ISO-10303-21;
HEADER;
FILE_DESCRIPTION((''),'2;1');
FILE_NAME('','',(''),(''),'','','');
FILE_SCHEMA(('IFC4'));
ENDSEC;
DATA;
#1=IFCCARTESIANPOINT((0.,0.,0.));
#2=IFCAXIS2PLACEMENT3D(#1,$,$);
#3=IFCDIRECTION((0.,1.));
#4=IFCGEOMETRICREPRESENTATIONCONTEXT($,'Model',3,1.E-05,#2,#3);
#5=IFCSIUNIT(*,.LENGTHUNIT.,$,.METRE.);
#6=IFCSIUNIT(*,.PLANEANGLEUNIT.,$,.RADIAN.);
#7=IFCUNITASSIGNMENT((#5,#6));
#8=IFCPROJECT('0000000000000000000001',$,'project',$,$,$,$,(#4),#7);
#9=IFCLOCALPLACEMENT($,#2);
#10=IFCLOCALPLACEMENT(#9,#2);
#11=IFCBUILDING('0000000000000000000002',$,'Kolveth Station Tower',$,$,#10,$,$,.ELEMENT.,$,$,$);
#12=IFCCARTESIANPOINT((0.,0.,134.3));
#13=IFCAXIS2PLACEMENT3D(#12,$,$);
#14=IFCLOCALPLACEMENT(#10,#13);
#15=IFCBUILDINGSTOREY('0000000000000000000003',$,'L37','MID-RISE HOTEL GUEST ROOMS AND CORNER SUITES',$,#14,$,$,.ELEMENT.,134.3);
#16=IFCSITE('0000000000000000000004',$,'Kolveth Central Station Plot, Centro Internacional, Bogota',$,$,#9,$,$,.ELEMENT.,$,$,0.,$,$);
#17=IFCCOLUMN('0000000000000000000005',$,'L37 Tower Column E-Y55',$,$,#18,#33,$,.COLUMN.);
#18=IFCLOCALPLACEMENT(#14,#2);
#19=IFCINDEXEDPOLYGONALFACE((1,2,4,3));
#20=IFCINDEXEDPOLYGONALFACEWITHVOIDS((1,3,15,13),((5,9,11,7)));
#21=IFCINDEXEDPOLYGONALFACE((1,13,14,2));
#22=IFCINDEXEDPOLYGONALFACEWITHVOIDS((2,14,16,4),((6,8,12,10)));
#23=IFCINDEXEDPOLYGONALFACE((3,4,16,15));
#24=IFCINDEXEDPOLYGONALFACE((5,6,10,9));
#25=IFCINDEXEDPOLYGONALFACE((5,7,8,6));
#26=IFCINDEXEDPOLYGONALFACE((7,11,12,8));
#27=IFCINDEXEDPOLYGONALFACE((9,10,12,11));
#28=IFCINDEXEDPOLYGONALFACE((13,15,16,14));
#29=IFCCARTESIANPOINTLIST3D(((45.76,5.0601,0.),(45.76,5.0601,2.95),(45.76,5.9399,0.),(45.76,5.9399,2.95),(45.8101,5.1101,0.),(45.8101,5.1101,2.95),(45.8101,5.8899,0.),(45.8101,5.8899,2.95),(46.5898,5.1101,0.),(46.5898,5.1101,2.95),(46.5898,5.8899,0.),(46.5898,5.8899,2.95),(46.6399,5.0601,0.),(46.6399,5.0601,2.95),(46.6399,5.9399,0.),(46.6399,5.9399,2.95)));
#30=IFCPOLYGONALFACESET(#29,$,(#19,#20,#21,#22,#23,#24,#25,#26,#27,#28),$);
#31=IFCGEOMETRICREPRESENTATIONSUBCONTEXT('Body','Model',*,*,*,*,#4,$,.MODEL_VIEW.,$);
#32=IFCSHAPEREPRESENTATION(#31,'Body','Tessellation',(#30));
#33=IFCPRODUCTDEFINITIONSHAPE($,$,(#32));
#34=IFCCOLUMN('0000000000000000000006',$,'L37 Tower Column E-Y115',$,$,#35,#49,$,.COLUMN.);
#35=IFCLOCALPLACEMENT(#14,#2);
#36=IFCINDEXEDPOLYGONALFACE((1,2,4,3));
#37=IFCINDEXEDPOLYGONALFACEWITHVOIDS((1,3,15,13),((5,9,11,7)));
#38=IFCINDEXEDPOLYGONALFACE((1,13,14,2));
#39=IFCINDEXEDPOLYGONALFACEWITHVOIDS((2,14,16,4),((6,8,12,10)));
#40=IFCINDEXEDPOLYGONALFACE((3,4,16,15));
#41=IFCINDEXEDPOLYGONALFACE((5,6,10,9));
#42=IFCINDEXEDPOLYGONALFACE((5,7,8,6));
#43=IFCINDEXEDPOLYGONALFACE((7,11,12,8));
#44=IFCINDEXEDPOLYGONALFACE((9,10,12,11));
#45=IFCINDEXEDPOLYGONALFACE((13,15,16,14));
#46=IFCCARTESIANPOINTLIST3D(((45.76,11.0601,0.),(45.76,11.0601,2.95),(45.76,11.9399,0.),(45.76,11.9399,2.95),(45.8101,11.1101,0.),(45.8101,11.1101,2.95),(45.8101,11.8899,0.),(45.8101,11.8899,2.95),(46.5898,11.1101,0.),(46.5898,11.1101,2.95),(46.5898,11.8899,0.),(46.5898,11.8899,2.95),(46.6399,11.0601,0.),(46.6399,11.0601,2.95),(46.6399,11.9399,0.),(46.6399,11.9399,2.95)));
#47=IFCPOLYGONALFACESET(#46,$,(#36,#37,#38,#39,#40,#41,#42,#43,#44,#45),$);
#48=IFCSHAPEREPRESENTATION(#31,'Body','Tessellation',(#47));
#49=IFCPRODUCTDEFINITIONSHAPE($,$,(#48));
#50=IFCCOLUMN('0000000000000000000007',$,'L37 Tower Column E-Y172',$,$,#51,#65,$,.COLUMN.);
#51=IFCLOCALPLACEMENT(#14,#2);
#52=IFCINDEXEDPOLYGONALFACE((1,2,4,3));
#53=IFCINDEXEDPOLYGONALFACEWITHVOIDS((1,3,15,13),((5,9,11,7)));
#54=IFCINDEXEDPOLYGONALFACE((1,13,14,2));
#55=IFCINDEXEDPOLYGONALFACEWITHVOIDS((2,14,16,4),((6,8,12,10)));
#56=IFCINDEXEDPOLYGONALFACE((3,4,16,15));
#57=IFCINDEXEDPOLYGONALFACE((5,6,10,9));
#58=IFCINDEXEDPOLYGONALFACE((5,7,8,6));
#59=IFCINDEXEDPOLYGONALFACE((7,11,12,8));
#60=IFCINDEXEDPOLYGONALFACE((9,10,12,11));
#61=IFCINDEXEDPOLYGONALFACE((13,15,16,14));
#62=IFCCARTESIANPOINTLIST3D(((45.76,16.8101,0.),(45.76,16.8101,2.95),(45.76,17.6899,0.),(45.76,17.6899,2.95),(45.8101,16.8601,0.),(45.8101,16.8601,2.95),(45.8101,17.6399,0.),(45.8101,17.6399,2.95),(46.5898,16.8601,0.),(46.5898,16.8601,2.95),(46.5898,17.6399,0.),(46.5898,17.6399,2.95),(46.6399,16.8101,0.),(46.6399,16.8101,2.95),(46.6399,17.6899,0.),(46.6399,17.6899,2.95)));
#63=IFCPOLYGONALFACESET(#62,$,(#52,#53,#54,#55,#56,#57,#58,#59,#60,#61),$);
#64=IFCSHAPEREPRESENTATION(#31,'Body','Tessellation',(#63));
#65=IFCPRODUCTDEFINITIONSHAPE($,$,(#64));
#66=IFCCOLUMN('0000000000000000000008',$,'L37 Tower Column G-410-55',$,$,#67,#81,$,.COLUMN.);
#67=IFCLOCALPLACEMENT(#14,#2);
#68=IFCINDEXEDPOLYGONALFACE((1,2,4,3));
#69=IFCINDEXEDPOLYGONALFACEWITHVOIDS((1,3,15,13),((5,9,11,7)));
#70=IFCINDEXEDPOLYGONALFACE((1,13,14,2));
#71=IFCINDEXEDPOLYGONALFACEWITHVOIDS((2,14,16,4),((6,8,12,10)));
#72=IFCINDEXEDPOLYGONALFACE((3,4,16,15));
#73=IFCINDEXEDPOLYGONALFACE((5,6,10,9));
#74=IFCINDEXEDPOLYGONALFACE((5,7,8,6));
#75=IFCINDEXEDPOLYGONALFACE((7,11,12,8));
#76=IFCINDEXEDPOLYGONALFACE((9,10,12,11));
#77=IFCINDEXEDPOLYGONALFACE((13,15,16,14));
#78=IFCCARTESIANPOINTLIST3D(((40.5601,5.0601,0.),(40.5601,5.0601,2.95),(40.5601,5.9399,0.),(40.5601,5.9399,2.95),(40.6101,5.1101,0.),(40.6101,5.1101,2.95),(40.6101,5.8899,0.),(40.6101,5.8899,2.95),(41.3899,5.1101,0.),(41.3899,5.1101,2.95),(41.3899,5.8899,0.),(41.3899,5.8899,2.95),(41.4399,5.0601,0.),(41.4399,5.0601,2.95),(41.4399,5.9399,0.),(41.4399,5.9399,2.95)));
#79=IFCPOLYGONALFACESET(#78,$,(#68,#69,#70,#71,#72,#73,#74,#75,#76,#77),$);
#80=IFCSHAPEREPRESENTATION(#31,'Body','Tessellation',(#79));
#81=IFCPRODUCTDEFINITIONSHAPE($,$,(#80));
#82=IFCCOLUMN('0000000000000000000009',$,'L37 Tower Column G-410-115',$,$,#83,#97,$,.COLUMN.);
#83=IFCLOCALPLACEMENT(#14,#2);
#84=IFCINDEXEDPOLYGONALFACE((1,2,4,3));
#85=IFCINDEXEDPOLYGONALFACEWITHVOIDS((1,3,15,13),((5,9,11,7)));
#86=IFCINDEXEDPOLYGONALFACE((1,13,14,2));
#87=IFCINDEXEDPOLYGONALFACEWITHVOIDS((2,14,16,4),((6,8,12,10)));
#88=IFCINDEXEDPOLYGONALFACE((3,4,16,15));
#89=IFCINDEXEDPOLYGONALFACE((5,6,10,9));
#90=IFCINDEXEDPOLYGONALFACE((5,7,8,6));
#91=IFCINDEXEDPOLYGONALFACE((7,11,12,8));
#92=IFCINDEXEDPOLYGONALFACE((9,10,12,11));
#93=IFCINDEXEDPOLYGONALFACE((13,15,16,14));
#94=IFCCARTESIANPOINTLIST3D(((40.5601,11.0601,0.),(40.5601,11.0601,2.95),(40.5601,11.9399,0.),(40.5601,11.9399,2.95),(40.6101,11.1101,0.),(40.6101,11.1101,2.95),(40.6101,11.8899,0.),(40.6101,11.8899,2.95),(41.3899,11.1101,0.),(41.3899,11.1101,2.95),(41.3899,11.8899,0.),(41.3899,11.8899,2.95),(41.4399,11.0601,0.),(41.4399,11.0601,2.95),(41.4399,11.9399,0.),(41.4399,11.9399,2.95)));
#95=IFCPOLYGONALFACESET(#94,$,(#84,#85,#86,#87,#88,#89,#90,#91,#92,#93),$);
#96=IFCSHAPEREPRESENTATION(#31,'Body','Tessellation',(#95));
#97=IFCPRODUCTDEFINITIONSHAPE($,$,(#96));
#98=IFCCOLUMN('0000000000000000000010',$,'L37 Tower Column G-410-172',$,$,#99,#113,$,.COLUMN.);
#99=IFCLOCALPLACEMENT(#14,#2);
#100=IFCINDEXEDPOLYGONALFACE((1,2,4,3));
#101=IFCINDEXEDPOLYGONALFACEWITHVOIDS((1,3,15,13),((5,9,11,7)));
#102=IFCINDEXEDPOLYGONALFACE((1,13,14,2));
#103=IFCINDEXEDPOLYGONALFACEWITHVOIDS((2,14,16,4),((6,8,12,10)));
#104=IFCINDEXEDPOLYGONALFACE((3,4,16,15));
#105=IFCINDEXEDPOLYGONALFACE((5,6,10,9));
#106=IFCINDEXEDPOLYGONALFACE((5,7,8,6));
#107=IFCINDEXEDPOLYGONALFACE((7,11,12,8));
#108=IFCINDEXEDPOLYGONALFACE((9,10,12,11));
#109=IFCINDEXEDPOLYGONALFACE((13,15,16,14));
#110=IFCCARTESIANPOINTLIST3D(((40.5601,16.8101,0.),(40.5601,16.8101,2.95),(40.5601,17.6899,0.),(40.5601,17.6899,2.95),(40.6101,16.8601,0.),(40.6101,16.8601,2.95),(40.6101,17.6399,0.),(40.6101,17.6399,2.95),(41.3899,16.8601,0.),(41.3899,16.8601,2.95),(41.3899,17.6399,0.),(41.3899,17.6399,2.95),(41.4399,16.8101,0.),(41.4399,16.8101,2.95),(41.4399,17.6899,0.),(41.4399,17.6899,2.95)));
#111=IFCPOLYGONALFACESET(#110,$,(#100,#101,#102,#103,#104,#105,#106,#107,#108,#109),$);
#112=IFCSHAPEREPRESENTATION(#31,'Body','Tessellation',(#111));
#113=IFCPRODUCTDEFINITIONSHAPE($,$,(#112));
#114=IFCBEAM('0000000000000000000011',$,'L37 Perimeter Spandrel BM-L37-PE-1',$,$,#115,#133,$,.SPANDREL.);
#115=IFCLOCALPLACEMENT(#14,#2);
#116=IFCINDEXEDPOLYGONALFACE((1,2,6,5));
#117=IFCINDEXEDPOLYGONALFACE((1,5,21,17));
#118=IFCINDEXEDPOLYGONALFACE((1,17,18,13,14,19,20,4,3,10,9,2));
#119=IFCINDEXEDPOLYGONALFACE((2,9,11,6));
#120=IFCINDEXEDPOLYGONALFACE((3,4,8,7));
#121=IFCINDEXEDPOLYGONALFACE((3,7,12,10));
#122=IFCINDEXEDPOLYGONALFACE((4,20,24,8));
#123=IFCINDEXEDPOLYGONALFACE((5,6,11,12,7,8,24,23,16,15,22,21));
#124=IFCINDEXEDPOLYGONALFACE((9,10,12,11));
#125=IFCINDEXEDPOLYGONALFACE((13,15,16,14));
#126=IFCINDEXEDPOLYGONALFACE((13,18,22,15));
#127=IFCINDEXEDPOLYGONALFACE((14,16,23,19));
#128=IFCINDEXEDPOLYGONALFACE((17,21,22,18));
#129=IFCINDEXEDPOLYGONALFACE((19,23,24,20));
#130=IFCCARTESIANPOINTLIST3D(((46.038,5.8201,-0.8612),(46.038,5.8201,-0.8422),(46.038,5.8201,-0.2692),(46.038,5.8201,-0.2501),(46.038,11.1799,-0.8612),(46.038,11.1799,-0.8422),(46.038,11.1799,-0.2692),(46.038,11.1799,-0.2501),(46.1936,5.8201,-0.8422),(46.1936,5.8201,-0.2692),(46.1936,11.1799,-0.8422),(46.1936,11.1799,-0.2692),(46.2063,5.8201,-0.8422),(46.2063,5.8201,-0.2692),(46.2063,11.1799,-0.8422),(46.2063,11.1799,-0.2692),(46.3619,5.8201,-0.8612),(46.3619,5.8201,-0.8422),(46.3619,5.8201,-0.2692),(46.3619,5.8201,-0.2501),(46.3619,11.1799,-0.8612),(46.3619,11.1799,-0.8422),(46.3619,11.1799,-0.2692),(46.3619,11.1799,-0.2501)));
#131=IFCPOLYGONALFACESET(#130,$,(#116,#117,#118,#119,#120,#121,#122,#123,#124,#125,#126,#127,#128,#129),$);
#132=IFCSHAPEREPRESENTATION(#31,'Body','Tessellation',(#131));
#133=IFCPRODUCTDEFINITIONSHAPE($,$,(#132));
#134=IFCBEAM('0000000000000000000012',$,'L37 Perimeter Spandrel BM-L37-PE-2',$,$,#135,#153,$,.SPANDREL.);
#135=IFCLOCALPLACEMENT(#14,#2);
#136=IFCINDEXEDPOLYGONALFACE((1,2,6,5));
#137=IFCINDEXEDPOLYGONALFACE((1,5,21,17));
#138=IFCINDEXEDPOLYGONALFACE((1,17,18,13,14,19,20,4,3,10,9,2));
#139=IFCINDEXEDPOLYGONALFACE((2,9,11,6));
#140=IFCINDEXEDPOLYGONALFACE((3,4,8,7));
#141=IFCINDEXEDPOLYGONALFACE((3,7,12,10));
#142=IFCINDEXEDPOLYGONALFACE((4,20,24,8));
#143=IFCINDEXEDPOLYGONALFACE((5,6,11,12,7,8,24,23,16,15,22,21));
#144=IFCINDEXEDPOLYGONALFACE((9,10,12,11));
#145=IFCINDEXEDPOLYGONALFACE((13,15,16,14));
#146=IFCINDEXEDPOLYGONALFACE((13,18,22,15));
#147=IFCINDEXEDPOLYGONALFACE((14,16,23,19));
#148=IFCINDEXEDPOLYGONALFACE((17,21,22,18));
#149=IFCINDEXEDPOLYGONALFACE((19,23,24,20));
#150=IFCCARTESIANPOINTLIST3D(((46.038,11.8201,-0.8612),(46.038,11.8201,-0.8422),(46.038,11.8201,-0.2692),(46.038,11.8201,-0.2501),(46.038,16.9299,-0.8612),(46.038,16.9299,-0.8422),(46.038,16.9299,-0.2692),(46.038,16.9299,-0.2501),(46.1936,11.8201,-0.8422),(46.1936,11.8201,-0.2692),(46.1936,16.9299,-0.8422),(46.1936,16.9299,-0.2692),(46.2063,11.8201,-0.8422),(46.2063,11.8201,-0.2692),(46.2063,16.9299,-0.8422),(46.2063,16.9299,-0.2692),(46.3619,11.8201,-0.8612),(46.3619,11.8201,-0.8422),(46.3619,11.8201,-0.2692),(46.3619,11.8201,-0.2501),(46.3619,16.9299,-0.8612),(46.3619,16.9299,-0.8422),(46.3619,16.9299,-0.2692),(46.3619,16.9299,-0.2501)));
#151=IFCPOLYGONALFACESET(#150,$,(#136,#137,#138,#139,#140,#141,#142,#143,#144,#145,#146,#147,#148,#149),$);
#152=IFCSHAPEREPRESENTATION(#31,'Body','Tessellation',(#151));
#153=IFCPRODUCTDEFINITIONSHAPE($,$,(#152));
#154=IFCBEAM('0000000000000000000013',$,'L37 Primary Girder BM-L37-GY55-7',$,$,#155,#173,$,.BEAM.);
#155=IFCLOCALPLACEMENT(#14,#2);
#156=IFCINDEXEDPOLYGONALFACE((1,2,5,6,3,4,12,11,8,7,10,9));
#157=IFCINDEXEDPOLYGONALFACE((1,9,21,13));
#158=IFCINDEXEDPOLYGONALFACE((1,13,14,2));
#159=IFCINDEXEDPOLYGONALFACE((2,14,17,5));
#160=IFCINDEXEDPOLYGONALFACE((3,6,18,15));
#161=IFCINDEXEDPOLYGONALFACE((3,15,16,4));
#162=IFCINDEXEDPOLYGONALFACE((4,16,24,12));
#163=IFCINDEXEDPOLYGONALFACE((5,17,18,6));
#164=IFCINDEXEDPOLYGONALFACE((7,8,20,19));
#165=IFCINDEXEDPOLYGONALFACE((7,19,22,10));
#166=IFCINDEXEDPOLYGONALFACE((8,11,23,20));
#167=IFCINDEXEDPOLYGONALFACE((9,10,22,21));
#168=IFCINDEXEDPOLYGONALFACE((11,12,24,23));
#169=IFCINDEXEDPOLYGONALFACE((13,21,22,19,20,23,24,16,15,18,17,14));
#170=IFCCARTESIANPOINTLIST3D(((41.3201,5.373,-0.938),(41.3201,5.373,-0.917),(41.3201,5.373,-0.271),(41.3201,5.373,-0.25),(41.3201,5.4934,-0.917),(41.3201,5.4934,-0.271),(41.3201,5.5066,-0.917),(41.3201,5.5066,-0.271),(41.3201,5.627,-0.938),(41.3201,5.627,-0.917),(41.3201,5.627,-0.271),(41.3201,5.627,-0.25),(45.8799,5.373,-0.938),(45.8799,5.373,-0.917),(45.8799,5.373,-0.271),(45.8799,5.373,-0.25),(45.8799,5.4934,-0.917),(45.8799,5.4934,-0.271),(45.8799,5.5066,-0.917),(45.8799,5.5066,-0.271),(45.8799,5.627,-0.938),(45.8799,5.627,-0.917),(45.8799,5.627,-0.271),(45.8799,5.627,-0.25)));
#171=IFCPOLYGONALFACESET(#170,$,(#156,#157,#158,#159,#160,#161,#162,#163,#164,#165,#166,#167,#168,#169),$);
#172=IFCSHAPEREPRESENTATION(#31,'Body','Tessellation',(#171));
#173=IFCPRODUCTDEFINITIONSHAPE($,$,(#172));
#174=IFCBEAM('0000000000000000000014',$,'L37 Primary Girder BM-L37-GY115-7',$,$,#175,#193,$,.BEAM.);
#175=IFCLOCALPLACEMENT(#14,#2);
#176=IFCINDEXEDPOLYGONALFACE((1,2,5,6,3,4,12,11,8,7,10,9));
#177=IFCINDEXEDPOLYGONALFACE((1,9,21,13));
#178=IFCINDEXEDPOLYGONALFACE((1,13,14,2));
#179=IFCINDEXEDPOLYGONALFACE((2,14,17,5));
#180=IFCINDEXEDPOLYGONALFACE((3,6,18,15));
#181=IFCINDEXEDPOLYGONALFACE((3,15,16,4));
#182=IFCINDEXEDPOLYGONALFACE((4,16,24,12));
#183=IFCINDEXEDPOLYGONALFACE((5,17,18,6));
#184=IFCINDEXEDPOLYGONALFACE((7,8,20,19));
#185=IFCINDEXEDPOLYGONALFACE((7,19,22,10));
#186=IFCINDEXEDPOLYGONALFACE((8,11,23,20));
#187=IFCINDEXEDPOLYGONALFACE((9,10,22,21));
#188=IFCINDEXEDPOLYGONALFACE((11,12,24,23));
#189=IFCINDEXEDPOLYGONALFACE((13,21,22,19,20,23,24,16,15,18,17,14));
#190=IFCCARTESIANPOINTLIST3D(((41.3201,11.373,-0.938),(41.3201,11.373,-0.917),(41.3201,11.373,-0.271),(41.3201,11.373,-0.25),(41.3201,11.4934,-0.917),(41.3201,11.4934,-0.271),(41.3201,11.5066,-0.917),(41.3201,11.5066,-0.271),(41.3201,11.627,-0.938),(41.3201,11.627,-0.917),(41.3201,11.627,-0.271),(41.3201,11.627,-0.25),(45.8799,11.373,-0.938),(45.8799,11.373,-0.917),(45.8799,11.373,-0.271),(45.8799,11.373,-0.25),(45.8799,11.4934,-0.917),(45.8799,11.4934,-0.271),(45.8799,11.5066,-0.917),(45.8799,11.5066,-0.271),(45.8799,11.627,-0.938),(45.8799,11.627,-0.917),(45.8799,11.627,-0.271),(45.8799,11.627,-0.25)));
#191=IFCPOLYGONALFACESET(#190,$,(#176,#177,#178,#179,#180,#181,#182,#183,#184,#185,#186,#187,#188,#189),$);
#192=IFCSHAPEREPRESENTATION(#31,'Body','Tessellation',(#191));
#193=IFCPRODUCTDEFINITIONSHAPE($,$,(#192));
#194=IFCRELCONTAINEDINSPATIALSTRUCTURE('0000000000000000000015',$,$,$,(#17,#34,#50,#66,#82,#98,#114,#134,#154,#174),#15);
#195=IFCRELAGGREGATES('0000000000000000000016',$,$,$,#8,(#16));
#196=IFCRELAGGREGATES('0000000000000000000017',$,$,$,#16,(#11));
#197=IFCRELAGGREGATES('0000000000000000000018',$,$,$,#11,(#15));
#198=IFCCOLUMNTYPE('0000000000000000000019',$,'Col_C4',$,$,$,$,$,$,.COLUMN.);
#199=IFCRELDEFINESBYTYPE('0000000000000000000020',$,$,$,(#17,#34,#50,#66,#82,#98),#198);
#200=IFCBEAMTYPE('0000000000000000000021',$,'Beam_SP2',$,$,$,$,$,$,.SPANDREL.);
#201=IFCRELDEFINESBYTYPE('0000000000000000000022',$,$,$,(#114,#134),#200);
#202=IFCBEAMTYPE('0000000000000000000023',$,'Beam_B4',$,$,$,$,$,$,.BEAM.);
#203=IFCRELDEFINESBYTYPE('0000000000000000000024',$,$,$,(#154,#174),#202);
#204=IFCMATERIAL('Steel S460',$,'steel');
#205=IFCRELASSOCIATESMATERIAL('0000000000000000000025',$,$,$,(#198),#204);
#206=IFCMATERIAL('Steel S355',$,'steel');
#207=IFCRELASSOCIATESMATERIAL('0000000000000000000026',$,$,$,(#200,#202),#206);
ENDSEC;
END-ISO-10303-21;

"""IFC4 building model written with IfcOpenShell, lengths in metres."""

from ifc_helpers import new_model, si_unit, direction, frame, origin, origin_2d, place, context, subcontext, project, spatial, hollow_rectangle, i_section, extrude, source, transform, mapped, material, material_profile, profile_set, type_object, element, save


model = new_model("IFC4")

# Units and contexts
model_context = context("Model", 3, precision=1e-05, world=origin(), true_north=direction((0.0, 1.0)))
body_context = subcontext(model_context, "Body", "Model", "MODEL_VIEW")
ifc_project = project(units=[si_unit("LENGTHUNIT", "METRE"), si_unit("PLANEANGLEUNIT", "RADIAN")], contexts=[model_context])

# Site, building, storey
site_placement = place(None, origin())
site = spatial("IfcSite", under=ifc_project, at=site_placement, Name="Kolveth Central Station Plot, Centro Internacional, Bogota", CompositionType="ELEMENT", RefElevation=0.0)
building_placement = place(site_placement, origin())
building = spatial("IfcBuilding", under=site, at=building_placement, Name="Kolveth Station Tower", CompositionType="ELEMENT")
storey_placement = place(building_placement, frame((0.0, 0.0, 134.3)))
storey = spatial("IfcBuildingStorey", under=building, at=storey_placement, Name="L37", Description="MID-RISE HOTEL GUEST ROOMS AND CORNER SUITES", CompositionType="ELEMENT", Elevation=134.3)

# Columns
ifc_material_1 = material(Name="Steel S460", Category="steel")
ifc_material_profile_1 = material_profile(ifc_material_1, hollow_rectangle(XDim=0.8799, YDim=0.8799, WallThickness=0.05, at=origin_2d()), Name="BOX880x880x50")
ifc_profile_set_1 = profile_set([ifc_material_profile_1], Name="Steel S460")
column_type = type_object("IfcColumnType", Name="Col_C4", PredefinedType="COLUMN", material=ifc_profile_set_1)
shared_shape_1 = source(origin(), body_context, "Body", "SweptSolid", [
    extrude(hollow_rectangle(XDim=0.8799, YDim=0.8799, WallThickness=0.05, at=origin_2d()), origin(), (0.0, 0.0, 1.0), 2.95),
])
for number, where, z_axis, x_axis, name in (
    (1, (46.2, 5.5, 0.0), (0.0, 0.0, 1.0), (1.0, 0.0, 0.0), "L37 Tower Column E-Y55"),
    (2, (46.2, 11.5, 0.0), (0.0, 0.0, 1.0), (1.0, 0.0, 0.0), "L37 Tower Column E-Y115"),
    (3, (46.2, 17.25, 0.0), (0.0, 0.0, 1.0), (1.0, 0.0, 0.0), "L37 Tower Column E-Y172"),
    (4, (41.0, 5.5, 0.0), (0.0, 0.0, 1.0), (1.0, 0.0, 0.0), "L37 Tower Column G-410-55"),
    (5, (41.0, 11.5, 0.0), (0.0, 0.0, 1.0), (1.0, 0.0, 0.0), "L37 Tower Column G-410-115"),
    (6, (41.0, 17.25, 0.0), (0.0, 0.0, 1.0), (1.0, 0.0, 0.0), "L37 Tower Column G-410-172"),
):
    element("IfcColumn", number, at=place(storey_placement, frame(where, z_axis=z_axis, x_axis=x_axis)), inside=storey, type_object=column_type, Name=name, PredefinedType="COLUMN", context=body_context, shape_type="MappedRepresentation", body=[
        mapped(shared_shape_1, transform((0.0, 0.0, 0.0), x_axis=(1.0, 0.0, 0.0), y_axis=(0.0, 1.0, 0.0), z_axis=(0.0, 0.0, 1.0), scale=1.0)),
    ])

# Beams
ifc_material_2 = material(Name="Steel S355", Category="steel")
ifc_material_profile_2 = material_profile(ifc_material_2, i_section(OverallWidth=0.324, OverallDepth=0.6111, WebThickness=0.0127, FlangeThickness=0.019, at=origin_2d()), Name="W610x155")
ifc_profile_set_2 = profile_set([ifc_material_profile_2], Name="Steel S355")
beam_type_1 = type_object("IfcBeamType", Name="Beam_SP2", PredefinedType="SPANDREL", material=ifc_profile_set_2)
shared_shape_2 = source(origin(), body_context, "Body", "SweptSolid", [
    extrude(i_section(OverallWidth=0.324, OverallDepth=0.6111, WebThickness=0.0127, FlangeThickness=0.019, at=origin_2d()), origin(), (0.0, 0.0, 1.0), 5.3599),
])
beam_1_placement = place(storey_placement, frame((46.2, 5.8201, -0.5557), z_axis=(0.0, 1.0, 0.0), x_axis=(-1.0, 0.0, 0.0)))
element("IfcBeam", 7, at=beam_1_placement, inside=storey, type_object=beam_type_1, Name="L37 Perimeter Spandrel BM-L37-PE-1", PredefinedType="SPANDREL", context=body_context, shape_type="MappedRepresentation", body=[
    mapped(shared_shape_2, transform((0.0, 0.0, 0.0), x_axis=(1.0, 0.0, 0.0), y_axis=(0.0, 1.0, 0.0), z_axis=(0.0, 0.0, 1.0), scale=1.0)),
])
shared_shape_3 = source(origin(), body_context, "Body", "SweptSolid", [
    extrude(i_section(OverallWidth=0.324, OverallDepth=0.6111, WebThickness=0.0127, FlangeThickness=0.019, at=origin_2d()), origin(), (0.0, 0.0, 1.0), 5.1099),
])
beam_2_placement = place(storey_placement, frame((46.2, 11.8201, -0.5557), z_axis=(0.0, 1.0, 0.0), x_axis=(-1.0, 0.0, 0.0)))
element("IfcBeam", 8, at=beam_2_placement, inside=storey, type_object=beam_type_1, Name="L37 Perimeter Spandrel BM-L37-PE-2", PredefinedType="SPANDREL", context=body_context, shape_type="MappedRepresentation", body=[
    mapped(shared_shape_3, transform((0.0, 0.0, 0.0), x_axis=(1.0, 0.0, 0.0), y_axis=(0.0, 1.0, 0.0), z_axis=(0.0, 0.0, 1.0), scale=1.0)),
])
ifc_material_profile_3 = material_profile(ifc_material_2, i_section(OverallWidth=0.2539, OverallDepth=0.688, WebThickness=0.0132, FlangeThickness=0.021, at=origin_2d()), Name="W690x152")
ifc_profile_set_3 = profile_set([ifc_material_profile_3], Name="Steel S355")
beam_type_2 = type_object("IfcBeamType", Name="Beam_B4", PredefinedType="BEAM", material=ifc_profile_set_3)
shared_shape_4 = source(origin(), body_context, "Body", "SweptSolid", [
    extrude(i_section(OverallWidth=0.2539, OverallDepth=0.688, WebThickness=0.0132, FlangeThickness=0.021, at=origin_2d()), origin(), (0.0, 0.0, 1.0), 4.5598),
])
for number, where, z_axis, x_axis, name in (
    (9, (41.3201, 5.5, -0.594), (1.0, 0.0, 0.0), (0.0, 1.0, 0.0), "L37 Primary Girder BM-L37-GY55-7"),
    (10, (41.3201, 11.5, -0.594), (1.0, 0.0, 0.0), (0.0, 1.0, 0.0), "L37 Primary Girder BM-L37-GY115-7"),
):
    element("IfcBeam", number, at=place(storey_placement, frame(where, z_axis=z_axis, x_axis=x_axis)), inside=storey, type_object=beam_type_2, Name=name, PredefinedType="BEAM", context=body_context, shape_type="MappedRepresentation", body=[
        mapped(shared_shape_4, transform((0.0, 0.0, 0.0), x_axis=(1.0, 0.0, 0.0), y_axis=(0.0, 1.0, 0.0), z_axis=(0.0, 0.0, 1.0), scale=1.0)),
    ])

save(model, "model.ifc")
